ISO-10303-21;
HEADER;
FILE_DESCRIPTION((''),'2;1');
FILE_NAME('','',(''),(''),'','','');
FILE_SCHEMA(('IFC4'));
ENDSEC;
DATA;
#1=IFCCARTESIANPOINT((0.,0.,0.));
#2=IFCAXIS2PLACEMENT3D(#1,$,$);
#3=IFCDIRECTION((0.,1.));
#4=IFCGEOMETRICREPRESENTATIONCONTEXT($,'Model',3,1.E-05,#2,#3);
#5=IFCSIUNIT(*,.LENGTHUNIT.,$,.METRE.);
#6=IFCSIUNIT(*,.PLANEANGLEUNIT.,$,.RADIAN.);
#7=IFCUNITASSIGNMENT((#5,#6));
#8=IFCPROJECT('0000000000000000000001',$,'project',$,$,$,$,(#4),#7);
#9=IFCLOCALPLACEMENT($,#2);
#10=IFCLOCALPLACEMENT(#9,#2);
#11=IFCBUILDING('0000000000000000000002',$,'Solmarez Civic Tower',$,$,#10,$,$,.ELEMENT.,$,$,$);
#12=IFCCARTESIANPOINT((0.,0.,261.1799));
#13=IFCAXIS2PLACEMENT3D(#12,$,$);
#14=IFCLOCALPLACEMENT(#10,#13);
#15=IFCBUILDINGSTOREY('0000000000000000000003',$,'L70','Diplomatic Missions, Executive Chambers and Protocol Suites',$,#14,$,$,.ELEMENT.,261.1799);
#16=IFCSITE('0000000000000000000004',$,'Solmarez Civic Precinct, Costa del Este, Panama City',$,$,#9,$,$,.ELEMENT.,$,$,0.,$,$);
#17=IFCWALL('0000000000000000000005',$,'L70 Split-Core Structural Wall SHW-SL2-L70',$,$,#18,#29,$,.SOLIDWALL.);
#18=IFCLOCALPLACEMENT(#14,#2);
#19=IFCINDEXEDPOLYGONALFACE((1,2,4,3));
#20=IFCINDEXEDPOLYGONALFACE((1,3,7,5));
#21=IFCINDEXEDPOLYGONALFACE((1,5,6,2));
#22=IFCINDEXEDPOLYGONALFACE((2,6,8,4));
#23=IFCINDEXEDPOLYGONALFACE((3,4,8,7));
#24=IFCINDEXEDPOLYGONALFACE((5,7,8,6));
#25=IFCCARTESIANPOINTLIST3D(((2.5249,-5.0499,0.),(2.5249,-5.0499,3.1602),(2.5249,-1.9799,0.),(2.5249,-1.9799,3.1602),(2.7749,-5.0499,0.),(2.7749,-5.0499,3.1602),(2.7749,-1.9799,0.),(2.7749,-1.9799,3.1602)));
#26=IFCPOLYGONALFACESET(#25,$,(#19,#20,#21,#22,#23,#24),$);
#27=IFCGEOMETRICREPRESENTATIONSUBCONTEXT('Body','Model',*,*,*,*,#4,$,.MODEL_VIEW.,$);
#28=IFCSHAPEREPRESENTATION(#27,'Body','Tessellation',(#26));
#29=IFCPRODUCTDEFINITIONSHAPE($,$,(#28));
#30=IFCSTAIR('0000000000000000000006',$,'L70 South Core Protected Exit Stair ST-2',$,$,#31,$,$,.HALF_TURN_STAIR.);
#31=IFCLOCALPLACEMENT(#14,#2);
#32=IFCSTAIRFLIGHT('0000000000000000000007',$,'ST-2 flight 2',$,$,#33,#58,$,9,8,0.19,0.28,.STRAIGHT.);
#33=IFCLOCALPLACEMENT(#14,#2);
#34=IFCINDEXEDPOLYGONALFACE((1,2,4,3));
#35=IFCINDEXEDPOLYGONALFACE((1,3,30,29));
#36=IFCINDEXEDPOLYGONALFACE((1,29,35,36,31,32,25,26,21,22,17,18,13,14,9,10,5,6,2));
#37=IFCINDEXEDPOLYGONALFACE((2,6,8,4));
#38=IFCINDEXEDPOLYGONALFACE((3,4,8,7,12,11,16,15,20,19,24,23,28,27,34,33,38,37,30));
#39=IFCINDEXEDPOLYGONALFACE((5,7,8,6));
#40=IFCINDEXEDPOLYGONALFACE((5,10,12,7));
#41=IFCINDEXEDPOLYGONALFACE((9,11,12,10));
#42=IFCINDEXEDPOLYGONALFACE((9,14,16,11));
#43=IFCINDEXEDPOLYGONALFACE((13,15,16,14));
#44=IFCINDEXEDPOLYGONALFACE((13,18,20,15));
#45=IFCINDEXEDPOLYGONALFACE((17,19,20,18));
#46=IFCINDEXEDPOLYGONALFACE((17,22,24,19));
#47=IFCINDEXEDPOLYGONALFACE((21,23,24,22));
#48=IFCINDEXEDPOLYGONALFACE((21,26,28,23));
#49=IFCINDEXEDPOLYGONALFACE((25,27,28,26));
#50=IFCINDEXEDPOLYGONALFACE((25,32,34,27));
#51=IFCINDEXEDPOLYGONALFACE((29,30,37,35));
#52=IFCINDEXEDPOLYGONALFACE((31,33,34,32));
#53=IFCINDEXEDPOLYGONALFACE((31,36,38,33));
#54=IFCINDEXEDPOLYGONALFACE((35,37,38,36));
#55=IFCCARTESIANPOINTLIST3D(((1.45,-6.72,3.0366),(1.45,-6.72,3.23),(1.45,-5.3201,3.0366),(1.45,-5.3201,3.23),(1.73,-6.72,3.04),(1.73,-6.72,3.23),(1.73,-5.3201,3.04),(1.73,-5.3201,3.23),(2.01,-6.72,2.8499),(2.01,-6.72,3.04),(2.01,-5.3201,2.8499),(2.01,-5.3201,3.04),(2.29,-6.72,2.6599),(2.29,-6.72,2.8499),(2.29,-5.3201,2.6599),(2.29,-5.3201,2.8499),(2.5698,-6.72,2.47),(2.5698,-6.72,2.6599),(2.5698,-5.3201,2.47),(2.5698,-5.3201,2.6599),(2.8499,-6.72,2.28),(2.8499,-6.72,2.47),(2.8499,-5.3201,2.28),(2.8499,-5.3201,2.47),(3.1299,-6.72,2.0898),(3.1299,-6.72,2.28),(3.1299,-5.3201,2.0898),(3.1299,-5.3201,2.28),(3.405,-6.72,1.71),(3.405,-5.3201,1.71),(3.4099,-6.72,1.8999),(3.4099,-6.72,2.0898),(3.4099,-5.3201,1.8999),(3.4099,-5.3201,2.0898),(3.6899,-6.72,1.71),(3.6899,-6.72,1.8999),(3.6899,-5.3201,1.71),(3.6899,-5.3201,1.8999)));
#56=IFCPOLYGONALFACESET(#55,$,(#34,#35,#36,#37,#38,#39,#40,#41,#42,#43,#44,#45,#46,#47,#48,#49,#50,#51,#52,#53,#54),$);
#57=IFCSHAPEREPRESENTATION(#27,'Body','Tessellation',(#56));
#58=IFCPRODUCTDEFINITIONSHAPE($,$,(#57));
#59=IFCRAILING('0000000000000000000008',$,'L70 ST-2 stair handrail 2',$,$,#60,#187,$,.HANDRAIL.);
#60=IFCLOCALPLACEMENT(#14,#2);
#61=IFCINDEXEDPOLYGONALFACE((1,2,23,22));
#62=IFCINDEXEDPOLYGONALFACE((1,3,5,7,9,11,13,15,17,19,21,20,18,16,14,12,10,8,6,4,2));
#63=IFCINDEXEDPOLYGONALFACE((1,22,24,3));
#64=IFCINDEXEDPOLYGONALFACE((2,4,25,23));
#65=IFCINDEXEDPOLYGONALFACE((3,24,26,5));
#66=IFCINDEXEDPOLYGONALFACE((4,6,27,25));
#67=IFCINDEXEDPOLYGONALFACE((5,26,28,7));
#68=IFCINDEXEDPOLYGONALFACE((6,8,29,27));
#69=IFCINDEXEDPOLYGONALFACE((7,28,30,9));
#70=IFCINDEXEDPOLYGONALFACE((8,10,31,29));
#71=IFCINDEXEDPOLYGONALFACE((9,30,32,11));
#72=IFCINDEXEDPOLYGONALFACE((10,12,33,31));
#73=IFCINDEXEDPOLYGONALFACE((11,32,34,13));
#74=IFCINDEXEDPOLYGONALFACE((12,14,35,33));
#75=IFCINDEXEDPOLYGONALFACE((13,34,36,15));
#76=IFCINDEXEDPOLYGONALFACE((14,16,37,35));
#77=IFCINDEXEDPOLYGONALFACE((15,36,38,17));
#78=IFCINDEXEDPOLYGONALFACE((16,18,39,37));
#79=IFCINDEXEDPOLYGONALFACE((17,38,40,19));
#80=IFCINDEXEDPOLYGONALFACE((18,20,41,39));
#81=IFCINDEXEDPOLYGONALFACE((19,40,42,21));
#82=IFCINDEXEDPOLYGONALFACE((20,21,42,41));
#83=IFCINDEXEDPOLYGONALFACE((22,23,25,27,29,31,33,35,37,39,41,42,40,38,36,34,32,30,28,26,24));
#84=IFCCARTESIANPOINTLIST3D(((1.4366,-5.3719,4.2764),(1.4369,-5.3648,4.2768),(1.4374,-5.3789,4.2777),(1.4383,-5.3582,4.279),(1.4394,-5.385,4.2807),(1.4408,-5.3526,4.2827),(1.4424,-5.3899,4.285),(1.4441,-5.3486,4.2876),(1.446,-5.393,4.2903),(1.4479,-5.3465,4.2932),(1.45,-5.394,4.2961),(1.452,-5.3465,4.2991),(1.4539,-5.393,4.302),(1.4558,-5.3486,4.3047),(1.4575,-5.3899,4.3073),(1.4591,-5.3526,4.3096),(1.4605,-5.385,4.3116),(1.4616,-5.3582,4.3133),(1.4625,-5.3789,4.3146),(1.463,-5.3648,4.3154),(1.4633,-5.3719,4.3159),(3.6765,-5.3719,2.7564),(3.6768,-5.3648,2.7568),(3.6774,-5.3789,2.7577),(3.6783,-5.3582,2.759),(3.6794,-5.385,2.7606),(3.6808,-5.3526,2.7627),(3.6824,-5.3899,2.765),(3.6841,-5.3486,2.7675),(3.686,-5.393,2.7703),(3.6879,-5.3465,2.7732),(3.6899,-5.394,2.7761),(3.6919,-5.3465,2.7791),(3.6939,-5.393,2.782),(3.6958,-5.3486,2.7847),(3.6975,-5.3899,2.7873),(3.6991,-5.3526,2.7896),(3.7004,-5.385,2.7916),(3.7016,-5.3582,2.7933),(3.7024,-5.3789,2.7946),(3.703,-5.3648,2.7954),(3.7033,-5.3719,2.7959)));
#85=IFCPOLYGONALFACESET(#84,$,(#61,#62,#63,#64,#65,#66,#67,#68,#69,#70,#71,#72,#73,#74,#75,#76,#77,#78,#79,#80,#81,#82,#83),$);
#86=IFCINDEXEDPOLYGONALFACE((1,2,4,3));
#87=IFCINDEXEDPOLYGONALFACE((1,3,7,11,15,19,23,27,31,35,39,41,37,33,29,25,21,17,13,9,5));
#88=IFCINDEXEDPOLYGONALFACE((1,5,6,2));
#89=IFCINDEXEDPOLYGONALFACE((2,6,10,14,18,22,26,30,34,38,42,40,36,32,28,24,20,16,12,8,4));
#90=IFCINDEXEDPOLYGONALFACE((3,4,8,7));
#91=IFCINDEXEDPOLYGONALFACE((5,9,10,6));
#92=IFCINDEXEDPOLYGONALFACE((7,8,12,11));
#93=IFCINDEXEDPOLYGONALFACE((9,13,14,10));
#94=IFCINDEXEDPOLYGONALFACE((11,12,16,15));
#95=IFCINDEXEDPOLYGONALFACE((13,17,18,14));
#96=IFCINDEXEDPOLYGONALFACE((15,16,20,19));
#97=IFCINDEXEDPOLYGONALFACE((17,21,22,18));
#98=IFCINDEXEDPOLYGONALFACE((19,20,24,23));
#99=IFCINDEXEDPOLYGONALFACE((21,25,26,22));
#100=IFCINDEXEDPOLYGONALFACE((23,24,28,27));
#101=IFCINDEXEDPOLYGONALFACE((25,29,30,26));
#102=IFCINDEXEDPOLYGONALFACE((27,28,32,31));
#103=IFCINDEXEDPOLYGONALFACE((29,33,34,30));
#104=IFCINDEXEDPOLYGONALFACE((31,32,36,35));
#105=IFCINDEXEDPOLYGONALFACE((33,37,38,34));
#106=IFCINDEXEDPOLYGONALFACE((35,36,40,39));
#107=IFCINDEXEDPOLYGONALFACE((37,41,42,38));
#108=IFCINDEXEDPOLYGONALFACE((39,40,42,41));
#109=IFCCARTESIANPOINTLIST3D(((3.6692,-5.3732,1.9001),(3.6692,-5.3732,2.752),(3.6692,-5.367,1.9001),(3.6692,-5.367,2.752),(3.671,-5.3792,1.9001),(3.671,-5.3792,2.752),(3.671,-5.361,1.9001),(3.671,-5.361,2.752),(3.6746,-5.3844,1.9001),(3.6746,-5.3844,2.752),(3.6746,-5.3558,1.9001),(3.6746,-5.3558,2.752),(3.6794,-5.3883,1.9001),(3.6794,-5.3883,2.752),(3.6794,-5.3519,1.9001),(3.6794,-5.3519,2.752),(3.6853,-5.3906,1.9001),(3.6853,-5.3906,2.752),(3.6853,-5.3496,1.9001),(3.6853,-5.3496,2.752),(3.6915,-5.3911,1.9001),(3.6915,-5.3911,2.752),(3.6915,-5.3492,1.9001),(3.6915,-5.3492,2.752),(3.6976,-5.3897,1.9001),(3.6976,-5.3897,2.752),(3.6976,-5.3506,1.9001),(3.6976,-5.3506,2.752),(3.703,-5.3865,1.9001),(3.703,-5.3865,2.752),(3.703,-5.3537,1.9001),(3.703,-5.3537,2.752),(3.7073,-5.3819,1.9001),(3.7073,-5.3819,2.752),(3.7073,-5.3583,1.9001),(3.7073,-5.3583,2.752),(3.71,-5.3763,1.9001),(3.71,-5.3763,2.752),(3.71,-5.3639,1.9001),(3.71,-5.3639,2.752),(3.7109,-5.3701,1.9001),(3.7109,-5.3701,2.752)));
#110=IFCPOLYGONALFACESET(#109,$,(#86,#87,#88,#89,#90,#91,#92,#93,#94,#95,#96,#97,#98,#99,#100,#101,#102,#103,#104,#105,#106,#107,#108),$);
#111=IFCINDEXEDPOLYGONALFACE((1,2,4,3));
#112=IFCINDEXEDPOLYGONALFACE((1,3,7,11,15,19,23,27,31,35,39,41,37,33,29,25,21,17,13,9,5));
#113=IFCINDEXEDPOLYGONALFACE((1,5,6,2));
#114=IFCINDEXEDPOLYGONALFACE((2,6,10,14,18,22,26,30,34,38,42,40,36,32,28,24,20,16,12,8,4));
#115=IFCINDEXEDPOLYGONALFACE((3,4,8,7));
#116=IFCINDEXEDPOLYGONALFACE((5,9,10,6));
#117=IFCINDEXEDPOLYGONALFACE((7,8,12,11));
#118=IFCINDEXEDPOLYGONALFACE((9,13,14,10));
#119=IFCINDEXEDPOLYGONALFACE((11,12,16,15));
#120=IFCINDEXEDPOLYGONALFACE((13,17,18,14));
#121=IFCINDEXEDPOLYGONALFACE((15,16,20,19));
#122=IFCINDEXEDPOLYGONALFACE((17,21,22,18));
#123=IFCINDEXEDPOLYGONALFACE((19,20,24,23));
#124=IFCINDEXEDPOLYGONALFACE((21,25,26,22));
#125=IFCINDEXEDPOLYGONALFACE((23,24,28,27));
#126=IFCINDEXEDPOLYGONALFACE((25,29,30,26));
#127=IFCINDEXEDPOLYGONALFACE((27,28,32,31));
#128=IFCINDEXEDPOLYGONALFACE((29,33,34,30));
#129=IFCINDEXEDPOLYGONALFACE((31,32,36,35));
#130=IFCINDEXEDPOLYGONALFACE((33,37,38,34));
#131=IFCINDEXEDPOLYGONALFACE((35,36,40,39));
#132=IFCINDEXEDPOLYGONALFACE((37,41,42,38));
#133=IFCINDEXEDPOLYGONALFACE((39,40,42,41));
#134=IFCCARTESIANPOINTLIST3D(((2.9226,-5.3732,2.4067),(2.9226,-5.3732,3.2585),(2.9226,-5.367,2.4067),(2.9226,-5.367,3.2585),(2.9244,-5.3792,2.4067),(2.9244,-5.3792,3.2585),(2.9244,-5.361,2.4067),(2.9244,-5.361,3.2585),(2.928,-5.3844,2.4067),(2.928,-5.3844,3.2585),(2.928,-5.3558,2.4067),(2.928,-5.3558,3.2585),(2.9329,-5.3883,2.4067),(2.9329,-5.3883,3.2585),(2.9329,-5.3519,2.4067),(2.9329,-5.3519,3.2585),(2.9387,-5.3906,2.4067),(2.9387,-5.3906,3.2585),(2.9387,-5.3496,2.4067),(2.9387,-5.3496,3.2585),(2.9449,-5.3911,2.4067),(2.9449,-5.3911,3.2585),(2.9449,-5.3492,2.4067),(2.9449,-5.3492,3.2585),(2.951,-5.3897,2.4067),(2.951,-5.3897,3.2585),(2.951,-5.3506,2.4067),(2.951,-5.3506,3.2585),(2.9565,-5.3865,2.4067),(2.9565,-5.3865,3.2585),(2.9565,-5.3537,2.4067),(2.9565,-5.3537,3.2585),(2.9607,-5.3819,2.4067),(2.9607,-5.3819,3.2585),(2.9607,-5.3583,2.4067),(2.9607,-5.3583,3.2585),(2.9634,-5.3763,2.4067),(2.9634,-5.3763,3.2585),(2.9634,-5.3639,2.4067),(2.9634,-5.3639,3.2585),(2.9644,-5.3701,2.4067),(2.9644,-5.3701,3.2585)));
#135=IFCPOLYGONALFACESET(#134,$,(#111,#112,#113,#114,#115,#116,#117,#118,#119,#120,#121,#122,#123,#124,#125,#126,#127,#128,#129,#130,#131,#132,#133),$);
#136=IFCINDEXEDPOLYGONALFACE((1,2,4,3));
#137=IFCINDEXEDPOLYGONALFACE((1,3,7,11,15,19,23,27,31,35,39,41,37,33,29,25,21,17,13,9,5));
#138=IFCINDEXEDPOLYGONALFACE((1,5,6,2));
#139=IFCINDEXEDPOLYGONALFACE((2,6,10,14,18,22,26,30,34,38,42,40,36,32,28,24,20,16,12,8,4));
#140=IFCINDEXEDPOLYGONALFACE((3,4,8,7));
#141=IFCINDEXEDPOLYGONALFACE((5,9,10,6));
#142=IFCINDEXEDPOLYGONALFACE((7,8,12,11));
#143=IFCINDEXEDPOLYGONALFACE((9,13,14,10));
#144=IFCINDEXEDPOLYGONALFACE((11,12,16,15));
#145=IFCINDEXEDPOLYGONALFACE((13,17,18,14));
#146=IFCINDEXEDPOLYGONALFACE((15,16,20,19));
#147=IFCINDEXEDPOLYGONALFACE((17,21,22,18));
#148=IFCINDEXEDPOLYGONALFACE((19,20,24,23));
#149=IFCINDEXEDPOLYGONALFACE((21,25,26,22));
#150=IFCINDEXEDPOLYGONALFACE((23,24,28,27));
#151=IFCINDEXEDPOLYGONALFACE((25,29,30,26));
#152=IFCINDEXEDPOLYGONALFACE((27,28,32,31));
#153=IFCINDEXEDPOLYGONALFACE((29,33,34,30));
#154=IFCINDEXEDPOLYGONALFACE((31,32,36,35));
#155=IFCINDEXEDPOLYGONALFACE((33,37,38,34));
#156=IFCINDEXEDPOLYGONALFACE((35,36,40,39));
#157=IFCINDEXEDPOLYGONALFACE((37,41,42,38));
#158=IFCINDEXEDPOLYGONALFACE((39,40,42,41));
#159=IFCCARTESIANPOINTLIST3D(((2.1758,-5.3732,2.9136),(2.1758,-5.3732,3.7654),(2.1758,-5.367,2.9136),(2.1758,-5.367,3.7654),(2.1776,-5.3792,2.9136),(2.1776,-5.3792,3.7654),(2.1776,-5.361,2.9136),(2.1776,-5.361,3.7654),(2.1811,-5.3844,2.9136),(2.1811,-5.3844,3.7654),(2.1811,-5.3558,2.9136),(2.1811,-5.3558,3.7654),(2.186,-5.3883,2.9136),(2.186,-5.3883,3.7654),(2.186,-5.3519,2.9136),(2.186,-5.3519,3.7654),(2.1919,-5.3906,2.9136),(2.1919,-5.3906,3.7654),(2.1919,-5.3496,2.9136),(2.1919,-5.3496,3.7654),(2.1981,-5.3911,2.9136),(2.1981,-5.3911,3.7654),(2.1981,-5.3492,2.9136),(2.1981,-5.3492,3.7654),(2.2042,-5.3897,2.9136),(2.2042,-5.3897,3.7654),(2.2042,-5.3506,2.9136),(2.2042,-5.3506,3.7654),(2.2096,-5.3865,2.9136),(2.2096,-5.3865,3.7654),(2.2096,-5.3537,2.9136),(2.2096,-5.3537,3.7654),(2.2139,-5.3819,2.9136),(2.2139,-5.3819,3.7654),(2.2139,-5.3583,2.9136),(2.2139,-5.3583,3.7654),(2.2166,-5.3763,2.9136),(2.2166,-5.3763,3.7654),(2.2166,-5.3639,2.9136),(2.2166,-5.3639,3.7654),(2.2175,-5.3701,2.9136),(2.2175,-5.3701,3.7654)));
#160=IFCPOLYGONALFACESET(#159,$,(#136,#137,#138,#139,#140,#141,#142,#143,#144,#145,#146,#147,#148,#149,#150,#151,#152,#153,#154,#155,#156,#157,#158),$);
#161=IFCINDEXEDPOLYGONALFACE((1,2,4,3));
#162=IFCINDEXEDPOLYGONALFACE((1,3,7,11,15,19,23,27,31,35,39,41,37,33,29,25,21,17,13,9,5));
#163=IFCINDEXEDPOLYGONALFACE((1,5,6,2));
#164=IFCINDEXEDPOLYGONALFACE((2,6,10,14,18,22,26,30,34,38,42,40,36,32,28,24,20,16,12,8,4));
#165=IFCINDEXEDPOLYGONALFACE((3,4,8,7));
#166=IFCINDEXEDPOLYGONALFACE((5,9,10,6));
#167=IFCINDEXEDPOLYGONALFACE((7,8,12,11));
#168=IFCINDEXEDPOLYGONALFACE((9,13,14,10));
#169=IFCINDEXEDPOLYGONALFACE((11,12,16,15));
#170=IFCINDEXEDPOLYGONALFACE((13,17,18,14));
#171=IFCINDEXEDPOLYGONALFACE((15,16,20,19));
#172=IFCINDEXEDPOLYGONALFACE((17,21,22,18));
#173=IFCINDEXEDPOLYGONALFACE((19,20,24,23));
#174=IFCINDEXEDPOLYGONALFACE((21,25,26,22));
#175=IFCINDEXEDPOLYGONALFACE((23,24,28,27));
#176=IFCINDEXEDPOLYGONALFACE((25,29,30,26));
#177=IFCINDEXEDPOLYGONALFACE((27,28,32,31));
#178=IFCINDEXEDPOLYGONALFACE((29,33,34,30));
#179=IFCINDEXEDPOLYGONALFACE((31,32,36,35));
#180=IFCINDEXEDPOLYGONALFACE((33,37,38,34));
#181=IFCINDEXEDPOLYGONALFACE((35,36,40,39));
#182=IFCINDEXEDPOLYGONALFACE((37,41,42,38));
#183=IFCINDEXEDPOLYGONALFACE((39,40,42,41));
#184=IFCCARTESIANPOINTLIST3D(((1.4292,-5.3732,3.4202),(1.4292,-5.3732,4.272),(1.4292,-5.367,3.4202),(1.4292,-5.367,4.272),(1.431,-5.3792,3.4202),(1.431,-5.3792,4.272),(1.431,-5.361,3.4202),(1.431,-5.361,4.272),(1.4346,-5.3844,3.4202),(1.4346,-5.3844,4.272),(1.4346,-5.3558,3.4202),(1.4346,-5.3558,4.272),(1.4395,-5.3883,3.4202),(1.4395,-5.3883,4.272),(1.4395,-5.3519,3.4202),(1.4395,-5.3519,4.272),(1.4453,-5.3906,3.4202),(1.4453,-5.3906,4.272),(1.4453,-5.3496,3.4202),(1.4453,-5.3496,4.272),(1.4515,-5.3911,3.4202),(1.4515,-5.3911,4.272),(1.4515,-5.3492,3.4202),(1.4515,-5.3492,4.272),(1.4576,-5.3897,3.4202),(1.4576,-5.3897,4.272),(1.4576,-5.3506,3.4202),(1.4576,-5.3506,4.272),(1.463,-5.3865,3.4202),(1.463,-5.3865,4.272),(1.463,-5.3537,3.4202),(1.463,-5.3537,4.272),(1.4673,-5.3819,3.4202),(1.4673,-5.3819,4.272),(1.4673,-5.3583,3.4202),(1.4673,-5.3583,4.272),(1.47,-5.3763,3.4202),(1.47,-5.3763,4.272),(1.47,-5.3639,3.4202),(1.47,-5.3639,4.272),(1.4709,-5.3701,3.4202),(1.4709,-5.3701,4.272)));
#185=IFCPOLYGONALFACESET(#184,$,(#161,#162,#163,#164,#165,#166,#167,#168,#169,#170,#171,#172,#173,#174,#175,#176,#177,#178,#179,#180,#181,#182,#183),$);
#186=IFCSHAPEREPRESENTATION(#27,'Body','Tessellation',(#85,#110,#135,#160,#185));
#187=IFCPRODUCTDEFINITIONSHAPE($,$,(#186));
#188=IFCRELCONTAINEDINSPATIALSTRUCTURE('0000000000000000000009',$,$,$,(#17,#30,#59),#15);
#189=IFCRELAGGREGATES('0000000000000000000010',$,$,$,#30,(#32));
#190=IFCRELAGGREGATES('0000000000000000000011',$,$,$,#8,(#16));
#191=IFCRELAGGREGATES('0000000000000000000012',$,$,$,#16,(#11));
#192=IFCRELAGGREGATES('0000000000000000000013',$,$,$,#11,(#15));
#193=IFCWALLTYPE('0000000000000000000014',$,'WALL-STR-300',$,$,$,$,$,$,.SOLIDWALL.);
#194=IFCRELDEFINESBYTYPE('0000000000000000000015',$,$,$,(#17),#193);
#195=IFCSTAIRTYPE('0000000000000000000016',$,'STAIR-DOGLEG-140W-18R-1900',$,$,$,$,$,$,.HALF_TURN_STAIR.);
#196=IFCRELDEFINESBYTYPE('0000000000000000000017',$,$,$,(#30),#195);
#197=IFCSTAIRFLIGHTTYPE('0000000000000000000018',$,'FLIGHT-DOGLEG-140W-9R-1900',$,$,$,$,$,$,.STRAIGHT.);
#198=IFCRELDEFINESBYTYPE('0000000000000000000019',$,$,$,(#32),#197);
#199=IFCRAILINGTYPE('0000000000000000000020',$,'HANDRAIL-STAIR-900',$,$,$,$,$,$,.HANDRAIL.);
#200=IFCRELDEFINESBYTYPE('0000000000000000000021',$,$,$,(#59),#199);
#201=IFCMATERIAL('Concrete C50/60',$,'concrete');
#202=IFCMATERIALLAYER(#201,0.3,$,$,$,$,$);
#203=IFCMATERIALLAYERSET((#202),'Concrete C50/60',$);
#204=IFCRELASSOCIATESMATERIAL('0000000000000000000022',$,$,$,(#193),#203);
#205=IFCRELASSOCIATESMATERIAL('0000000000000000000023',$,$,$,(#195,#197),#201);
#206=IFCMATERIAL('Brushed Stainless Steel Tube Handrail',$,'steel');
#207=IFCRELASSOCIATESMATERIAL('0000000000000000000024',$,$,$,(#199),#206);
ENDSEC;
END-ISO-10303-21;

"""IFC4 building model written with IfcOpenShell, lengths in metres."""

from ifc_helpers import new_model, si_unit, direction, frame, frame_2d, origin, origin_2d, place, context, subcontext, project, spatial, polyline, rectangle, circle, outline, extrude, material, layer, layer_set, type_object, element, aggregate, save


model = new_model("IFC4")

# Units and contexts
model_context = context("Model", 3, precision=1e-05, world=origin(), true_north=direction((0.0, 1.0)))
body_context = subcontext(model_context, "Body", "Model", "MODEL_VIEW")
ifc_project = project(units=[si_unit("LENGTHUNIT", "METRE"), si_unit("PLANEANGLEUNIT", "RADIAN")], contexts=[model_context])

# Site, building, storey
site_placement = place(None, origin())
site = spatial("IfcSite", under=ifc_project, at=site_placement, Name="Solmarez Civic Precinct, Costa del Este, Panama City", CompositionType="ELEMENT", RefElevation=0.0)
building_placement = place(site_placement, origin())
building = spatial("IfcBuilding", under=site, at=building_placement, Name="Solmarez Civic Tower", CompositionType="ELEMENT")
storey_placement = place(building_placement, frame((0.0, 0.0, 261.1799)))
storey = spatial("IfcBuildingStorey", under=building, at=storey_placement, Name="L70", Description="Diplomatic Missions, Executive Chambers and Protocol Suites", CompositionType="ELEMENT", Elevation=261.1799)

# Shared definitions
ifc_material_1 = material(Name="Concrete C50/60", Category="concrete")

# Wall
ifc_layer_1 = layer(ifc_material_1, 0.3)
ifc_layer_set_1 = layer_set([ifc_layer_1], Name="Concrete C50/60")
wall_type_1 = type_object("IfcWallType", Name="WALL-STR-300", PredefinedType="SOLIDWALL", material=ifc_layer_set_1)
wall_1_placement = place(storey_placement, frame((2.6499, -5.05, 0.0), z_axis=(0.0, 0.0, 1.0), x_axis=(0.0, 1.0, 0.0)))
element("IfcWall", 1, at=wall_1_placement, inside=storey, type_object=wall_type_1, Name="L70 Split-Core Structural Wall SHW-SL2-L70", PredefinedType="SOLIDWALL", context=body_context, shape_type="SweptSolid", body=[
    extrude(rectangle(XDim=3.0701, YDim=0.25, at=frame_2d((1.5352, 0.0))), origin(), (0.0, 0.0, 1.0), 3.1602),
])

# Stair, stair flight
stair_type = type_object("IfcStairType", Name="STAIR-DOGLEG-140W-18R-1900", PredefinedType="HALF_TURN_STAIR", material=ifc_material_1)
stair_placement = place(storey_placement, origin())
stair = element("IfcStair", 2, at=stair_placement, inside=storey, type_object=stair_type, Name="L70 South Core Protected Exit Stair ST-2", PredefinedType="HALF_TURN_STAIR")
stair_flight_type = type_object("IfcStairFlightType", Name="FLIGHT-DOGLEG-140W-9R-1900", PredefinedType="STRAIGHT", material=ifc_material_1)
stair_flight_placement = place(storey_placement, frame((3.6899, -6.02, 1.71), z_axis=(0.0, 0.0, 1.0), x_axis=(-1.0, 0.0, 0.0)))
stair_flight = element("IfcStairFlight", 3, at=stair_flight_placement, type_object=stair_flight_type, Name="ST-2 flight 2", NumberOfRisers=9, NumberOfTreads=8, PredefinedType="STRAIGHT", RiserHeight=0.19, TreadLength=0.28, context=body_context, shape_type="SweptSolid", body=[
    extrude(outline(polyline([(0.0, 0.0), (0.0, 0.1899), (0.28, 0.1899), (0.28, 0.3799), (0.5601, 0.3799), (0.5601, 0.5701), (0.8401, 0.5701), (0.8401, 0.76), (1.1201, 0.76), (1.1201, 0.95), (1.3999, 0.95), (1.3999, 1.1399), (1.6799, 1.1399), (1.6799, 1.3301), (1.96, 1.3301), (1.96, 1.52), (2.24, 1.52), (2.24, 1.71), (2.24, 1.3267), (0.2849, 0.0), (0.0, 0.0)])), frame((0.0, 0.7, 0.0), z_axis=(0.0, -1.0, 0.0), x_axis=(1.0, 0.0, 0.0)), (0.0, 0.0, 1.0), 1.3999),
])
aggregate(stair, [stair_flight])

# Railing
ifc_material_2 = material(Name="Brushed Stainless Steel Tube Handrail", Category="steel")
railing_type = type_object("IfcRailingType", Name="HANDRAIL-STAIR-900", PredefinedType="HANDRAIL", material=ifc_material_2)
railing_placement = place(storey_placement, frame((3.6899, -5.3701, 1.9001)))
element("IfcRailing", 4, at=railing_placement, inside=storey, type_object=railing_type, Name="L70 ST-2 stair handrail 2", PredefinedType="HANDRAIL", context=body_context, shape_type="SweptSolid", body=[
    extrude(circle(Radius=0.0239, at=origin_2d()), frame((0.0, 0.0, 0.876), z_axis=(-0.827471, 0.0, 0.561508), x_axis=(0.0, -1.0, 0.0)), (0.0, 0.0, 1.0), 2.707),
    extrude(circle(Radius=0.021, at=origin_2d()), origin(), (0.0, 0.0, 1.0), 0.8518),
    extrude(circle(Radius=0.021, at=origin_2d()), frame((-0.7466, 0.0, 0.5066)), (0.0, 0.0, 1.0), 0.8518),
    extrude(circle(Radius=0.021, at=origin_2d()), frame((-1.4934, 0.0, 1.0134)), (0.0, 0.0, 1.0), 0.8518),
    extrude(circle(Radius=0.021, at=origin_2d()), frame((-2.24, 0.0, 1.52)), (0.0, 0.0, 1.0), 0.8518),
])

save(model, "model.ifc")
